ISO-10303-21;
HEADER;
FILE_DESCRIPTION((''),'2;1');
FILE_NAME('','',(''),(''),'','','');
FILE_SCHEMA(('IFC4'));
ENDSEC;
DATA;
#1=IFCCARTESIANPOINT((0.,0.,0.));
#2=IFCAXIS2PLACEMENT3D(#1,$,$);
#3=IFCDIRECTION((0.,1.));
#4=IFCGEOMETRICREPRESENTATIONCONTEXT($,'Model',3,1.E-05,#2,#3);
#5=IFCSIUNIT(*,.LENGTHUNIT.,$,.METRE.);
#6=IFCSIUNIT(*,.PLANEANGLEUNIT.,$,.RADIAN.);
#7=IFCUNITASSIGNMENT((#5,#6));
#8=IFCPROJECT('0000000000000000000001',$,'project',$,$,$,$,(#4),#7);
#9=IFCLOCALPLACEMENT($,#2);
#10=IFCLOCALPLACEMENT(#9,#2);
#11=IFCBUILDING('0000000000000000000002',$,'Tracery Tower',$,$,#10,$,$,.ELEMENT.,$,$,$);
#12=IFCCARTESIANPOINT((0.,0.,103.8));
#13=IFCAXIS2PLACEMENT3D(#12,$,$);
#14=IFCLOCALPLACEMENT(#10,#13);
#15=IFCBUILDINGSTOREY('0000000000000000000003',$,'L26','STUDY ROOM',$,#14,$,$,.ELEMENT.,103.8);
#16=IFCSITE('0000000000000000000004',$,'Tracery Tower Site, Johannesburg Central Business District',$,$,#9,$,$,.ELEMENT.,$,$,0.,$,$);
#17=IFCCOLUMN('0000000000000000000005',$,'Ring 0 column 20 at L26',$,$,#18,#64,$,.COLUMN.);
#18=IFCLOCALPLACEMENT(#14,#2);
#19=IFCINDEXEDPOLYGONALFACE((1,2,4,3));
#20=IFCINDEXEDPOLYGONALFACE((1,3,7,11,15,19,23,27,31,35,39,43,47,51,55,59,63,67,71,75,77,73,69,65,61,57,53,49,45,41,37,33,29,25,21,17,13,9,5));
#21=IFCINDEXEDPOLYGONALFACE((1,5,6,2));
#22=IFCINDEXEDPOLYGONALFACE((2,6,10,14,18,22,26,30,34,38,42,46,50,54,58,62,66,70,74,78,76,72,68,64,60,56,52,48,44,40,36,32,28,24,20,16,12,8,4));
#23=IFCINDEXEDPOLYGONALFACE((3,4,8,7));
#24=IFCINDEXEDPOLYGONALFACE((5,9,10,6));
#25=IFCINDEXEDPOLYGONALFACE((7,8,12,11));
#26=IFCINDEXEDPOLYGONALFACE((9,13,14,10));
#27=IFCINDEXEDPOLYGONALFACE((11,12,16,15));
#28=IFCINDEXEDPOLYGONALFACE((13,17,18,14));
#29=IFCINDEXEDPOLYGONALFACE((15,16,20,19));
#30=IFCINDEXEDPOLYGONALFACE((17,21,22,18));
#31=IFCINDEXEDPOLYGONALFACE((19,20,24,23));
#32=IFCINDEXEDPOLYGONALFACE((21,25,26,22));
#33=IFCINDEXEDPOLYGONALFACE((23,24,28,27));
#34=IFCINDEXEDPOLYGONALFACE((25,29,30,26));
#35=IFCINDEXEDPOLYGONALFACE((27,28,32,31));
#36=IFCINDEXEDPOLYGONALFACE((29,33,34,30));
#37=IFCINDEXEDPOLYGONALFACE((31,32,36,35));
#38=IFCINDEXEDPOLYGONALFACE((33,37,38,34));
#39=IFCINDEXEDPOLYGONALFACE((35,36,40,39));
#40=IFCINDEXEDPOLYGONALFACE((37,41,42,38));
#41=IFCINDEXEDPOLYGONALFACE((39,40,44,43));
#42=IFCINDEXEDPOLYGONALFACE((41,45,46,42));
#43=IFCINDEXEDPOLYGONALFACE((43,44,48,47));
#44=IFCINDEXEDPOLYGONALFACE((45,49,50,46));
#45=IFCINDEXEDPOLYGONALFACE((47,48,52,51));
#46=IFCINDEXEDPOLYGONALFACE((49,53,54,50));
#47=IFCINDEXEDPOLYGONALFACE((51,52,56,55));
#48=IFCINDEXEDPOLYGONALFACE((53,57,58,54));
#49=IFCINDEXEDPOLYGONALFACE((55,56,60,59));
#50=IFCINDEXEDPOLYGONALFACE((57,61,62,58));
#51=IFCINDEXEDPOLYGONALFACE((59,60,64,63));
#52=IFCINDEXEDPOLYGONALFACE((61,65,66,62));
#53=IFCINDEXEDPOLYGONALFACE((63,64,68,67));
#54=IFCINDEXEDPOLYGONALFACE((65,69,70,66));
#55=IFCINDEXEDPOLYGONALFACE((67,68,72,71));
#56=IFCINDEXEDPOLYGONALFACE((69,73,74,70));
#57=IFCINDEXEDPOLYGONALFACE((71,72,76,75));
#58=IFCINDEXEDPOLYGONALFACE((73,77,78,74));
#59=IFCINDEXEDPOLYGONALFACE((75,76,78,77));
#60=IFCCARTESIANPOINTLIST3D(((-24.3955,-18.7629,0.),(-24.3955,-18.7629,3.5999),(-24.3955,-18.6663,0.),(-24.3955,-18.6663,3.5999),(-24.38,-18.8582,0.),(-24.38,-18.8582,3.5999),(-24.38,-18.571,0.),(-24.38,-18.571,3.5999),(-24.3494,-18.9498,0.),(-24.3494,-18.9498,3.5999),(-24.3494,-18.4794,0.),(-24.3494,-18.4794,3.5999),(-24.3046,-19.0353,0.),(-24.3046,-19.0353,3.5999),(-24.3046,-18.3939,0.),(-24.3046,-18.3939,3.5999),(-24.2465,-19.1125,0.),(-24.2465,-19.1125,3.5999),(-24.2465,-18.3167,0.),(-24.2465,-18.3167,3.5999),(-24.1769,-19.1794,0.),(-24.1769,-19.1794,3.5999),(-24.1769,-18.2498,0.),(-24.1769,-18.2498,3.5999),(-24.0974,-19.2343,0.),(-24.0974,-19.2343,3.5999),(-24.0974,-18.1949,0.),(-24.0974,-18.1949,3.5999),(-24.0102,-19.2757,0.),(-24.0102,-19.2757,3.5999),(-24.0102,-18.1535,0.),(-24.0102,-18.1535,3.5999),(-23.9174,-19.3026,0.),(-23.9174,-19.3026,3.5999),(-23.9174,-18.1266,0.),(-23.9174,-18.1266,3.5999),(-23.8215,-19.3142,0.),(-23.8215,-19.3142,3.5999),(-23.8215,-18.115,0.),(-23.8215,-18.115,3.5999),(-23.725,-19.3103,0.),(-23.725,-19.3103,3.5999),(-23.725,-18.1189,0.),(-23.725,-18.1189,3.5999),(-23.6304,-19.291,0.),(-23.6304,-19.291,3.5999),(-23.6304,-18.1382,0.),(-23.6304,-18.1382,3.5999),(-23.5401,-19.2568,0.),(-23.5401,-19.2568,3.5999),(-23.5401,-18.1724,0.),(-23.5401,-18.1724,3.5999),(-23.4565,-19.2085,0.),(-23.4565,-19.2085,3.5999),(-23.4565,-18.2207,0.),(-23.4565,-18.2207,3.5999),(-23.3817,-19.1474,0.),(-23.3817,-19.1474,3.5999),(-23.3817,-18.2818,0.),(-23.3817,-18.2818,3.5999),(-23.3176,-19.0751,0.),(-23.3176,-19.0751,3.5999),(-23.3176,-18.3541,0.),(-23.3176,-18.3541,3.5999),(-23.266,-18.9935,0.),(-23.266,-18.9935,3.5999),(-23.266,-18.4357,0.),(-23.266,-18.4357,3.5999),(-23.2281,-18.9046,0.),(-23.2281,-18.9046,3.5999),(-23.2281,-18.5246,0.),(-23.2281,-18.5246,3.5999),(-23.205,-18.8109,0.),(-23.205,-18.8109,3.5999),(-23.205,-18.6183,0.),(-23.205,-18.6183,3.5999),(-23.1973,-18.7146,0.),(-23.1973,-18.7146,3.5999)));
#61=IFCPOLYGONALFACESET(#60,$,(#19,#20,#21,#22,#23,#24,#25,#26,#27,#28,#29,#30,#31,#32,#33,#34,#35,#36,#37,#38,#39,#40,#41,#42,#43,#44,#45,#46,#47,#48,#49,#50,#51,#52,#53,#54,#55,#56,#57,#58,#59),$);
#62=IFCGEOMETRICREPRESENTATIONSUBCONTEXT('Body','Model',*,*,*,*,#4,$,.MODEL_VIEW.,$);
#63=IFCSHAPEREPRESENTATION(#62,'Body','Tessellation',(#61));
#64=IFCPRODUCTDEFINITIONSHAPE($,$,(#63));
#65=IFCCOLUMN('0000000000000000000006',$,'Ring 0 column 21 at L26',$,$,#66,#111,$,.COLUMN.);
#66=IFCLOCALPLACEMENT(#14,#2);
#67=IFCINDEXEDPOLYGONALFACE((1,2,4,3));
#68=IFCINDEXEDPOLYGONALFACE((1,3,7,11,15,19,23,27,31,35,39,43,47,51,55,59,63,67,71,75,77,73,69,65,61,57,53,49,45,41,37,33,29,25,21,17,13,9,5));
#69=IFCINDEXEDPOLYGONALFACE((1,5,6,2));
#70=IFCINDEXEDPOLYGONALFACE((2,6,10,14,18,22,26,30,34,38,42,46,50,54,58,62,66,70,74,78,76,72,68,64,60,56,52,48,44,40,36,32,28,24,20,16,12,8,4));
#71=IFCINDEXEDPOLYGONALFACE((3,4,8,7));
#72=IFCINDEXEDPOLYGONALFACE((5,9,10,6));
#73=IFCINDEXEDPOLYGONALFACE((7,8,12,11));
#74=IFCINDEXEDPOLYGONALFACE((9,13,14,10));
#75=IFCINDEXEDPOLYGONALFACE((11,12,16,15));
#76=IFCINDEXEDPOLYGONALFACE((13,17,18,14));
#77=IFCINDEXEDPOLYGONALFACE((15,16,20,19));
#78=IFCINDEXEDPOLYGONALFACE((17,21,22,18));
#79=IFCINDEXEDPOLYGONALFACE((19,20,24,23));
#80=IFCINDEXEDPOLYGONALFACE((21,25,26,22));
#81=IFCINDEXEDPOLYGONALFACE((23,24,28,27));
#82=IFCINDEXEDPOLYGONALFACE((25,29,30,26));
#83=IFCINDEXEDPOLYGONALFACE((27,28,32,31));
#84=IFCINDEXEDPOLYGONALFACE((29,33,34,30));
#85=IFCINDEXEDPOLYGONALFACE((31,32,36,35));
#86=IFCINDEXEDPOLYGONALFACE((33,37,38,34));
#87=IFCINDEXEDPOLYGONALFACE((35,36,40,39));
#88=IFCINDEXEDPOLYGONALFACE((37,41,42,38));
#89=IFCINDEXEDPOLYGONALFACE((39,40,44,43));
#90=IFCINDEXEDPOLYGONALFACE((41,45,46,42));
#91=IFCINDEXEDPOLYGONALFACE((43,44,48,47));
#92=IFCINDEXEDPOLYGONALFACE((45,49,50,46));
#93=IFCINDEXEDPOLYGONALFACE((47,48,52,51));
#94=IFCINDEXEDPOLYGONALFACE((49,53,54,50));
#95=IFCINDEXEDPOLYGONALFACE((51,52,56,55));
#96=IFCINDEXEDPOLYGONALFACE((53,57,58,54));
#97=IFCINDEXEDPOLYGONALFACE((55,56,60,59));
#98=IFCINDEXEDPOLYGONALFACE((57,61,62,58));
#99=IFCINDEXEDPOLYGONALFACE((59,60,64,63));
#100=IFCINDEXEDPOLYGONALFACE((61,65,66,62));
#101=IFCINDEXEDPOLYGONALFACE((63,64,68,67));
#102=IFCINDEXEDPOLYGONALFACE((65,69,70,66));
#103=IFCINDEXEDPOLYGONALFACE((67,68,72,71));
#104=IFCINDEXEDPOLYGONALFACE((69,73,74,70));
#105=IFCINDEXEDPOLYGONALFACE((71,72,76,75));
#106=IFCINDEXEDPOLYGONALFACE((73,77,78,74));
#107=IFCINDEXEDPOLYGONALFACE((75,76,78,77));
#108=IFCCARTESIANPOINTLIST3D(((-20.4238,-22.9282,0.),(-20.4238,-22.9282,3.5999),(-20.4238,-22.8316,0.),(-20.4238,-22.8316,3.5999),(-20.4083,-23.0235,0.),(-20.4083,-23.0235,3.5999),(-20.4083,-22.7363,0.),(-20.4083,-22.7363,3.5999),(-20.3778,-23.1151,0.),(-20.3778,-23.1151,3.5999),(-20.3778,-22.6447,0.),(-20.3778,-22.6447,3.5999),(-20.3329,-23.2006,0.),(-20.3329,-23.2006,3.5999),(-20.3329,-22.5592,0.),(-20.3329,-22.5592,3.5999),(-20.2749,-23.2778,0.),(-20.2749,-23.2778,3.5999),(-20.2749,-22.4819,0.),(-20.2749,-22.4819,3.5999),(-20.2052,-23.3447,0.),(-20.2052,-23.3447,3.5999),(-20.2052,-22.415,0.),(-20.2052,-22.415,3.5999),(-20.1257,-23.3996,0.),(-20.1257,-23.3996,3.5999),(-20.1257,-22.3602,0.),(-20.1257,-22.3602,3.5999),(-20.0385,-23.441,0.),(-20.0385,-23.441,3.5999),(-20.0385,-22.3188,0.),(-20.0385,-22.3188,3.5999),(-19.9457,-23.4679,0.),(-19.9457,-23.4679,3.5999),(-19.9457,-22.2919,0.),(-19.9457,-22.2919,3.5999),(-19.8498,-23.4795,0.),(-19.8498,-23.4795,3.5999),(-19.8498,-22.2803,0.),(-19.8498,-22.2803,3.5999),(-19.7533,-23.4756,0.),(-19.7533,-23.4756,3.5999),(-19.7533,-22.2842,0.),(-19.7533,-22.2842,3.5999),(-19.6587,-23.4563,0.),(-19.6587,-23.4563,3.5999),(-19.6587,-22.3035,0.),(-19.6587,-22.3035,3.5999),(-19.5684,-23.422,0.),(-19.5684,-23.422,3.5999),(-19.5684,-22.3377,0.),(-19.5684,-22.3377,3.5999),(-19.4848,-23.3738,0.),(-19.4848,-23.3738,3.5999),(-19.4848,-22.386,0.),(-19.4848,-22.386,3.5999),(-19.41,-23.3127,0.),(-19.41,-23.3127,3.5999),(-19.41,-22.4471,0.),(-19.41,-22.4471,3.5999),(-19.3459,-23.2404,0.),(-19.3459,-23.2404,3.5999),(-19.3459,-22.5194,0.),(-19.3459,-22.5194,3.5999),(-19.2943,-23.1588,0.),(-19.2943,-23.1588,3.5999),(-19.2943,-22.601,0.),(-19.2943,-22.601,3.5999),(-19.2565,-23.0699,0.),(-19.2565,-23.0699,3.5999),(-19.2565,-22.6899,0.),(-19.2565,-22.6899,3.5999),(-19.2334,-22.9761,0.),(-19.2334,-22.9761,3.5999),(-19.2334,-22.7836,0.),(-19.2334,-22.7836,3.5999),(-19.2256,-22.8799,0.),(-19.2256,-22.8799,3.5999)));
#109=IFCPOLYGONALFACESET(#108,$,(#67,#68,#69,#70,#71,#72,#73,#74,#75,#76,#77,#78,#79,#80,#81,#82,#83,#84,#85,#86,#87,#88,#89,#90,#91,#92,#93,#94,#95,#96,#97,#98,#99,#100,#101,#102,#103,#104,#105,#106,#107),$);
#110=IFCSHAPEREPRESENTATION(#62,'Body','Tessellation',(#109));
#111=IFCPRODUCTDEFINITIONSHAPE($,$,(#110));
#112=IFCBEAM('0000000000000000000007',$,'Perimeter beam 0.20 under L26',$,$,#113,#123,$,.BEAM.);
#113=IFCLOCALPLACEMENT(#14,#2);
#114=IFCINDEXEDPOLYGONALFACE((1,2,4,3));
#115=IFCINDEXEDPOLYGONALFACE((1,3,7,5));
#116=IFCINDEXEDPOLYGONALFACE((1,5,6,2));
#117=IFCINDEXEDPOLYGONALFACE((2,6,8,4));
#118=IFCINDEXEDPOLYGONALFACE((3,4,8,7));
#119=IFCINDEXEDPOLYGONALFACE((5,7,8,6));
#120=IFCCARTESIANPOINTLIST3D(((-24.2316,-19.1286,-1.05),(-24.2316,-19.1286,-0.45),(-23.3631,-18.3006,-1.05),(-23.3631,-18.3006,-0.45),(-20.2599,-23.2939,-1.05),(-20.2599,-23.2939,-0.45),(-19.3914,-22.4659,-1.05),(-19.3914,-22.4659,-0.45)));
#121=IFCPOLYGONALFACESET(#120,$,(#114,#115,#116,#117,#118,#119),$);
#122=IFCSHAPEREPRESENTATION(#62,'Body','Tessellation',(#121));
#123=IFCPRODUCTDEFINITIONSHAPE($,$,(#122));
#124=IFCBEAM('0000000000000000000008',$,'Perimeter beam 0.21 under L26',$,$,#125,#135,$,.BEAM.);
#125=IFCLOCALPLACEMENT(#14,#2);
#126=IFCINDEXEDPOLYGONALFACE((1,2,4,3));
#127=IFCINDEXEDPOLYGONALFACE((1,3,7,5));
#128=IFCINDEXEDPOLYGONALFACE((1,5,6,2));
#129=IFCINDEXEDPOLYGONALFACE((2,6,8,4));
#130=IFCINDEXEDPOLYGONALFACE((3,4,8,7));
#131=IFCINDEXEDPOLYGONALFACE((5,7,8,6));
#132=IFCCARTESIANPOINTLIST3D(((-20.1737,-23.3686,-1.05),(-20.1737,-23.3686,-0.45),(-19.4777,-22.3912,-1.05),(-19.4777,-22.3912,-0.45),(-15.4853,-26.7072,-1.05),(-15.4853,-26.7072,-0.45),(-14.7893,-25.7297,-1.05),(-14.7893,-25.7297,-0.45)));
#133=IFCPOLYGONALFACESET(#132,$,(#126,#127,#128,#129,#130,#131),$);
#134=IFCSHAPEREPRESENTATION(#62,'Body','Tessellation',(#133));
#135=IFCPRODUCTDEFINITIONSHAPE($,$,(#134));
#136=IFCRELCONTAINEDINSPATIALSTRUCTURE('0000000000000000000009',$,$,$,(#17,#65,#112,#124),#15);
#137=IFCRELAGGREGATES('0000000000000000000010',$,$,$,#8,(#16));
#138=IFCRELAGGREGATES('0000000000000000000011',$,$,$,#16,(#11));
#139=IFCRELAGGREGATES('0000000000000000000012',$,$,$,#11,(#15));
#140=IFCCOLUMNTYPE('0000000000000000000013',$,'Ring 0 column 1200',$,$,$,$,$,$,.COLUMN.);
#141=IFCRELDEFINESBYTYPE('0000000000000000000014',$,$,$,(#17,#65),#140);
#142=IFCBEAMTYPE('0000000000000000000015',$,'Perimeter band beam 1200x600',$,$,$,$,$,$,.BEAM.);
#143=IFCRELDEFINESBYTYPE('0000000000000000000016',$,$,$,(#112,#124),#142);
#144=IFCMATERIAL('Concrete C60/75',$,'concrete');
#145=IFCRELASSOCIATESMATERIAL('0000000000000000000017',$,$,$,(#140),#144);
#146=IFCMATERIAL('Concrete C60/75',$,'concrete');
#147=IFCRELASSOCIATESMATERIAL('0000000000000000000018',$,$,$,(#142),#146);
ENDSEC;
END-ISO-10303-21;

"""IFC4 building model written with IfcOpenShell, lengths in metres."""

from ifc_helpers import new_model, si_unit, direction, frame, origin, origin_2d, place, context, subcontext, project, spatial, rectangle, circle, extrude, material, material_profile, profile_set, type_object, element, save


model = new_model("IFC4")

# Units and contexts
model_context = context("Model", 3, precision=1e-05, world=origin(), true_north=direction((0.0, 1.0)))
body_context = subcontext(model_context, "Body", "Model", "MODEL_VIEW")
ifc_project = project(units=[si_unit("LENGTHUNIT", "METRE"), si_unit("PLANEANGLEUNIT", "RADIAN")], contexts=[model_context])

# Site, building, storey
site_placement = place(None, origin())
site = spatial("IfcSite", under=ifc_project, at=site_placement, Name="Tracery Tower Site, Johannesburg Central Business District", CompositionType="ELEMENT", RefElevation=0.0)
building_placement = place(site_placement, origin())
building = spatial("IfcBuilding", under=site, at=building_placement, Name="Tracery Tower", CompositionType="ELEMENT")
storey_placement = place(building_placement, frame((0.0, 0.0, 103.8)))
storey = spatial("IfcBuildingStorey", under=building, at=storey_placement, Name="L26", Description="STUDY ROOM", CompositionType="ELEMENT", Elevation=103.8)

# Columns
ifc_material_1 = material(Name="Concrete C60/75", Category="concrete")
ifc_material_profile_1 = material_profile(ifc_material_1, circle(Radius=0.6001, at=origin_2d()), Name="RC D1200")
ifc_profile_set_1 = profile_set([ifc_material_profile_1], Name="Concrete C60/75")
column_type = type_object("IfcColumnType", Name="Ring 0 column 1200", PredefinedType="COLUMN", material=ifc_profile_set_1)
for number, where, z_axis, x_axis, name in (
    (1, (-23.7974, -18.7146, 0.0), (0.0, 0.0, 1.0), (1.0, 0.0, 0.0), "Ring 0 column 20 at L26"),
    (2, (-19.8257, -22.8799, 0.0), (0.0, 0.0, 1.0), (1.0, 0.0, 0.0), "Ring 0 column 21 at L26"),
):
    element("IfcColumn", number, at=place(storey_placement, frame(where, z_axis=z_axis, x_axis=x_axis)), inside=storey, type_object=column_type, Name=name, PredefinedType="COLUMN", context=body_context, shape_type="SweptSolid", body=[
        extrude(circle(Radius=0.6001, at=origin_2d()), origin(), (0.0, 0.0, 1.0), 3.5999),
    ])

# Beams
ifc_material_2 = material(Name="Concrete C60/75", Category="concrete")
ifc_material_profile_2 = material_profile(ifc_material_2, rectangle(XDim=1.2, YDim=0.6001, at=origin_2d()), Name="RC 1200x600")
ifc_profile_set_2 = profile_set([ifc_material_profile_2], Name="Concrete C60/75")
beam_type = type_object("IfcBeamType", Name="Perimeter band beam 1200x600", PredefinedType="BEAM", material=ifc_profile_set_2)
beam_1_placement = place(storey_placement, frame((-23.7974, -18.7146, -0.75), z_axis=(0.690087, -0.723726, 0.0), x_axis=(0.723726, 0.690087, 0.0)))
element("IfcBeam", 3, at=beam_1_placement, inside=storey, type_object=beam_type, Name="Perimeter beam 0.20 under L26", PredefinedType="BEAM", context=body_context, shape_type="SweptSolid", body=[
    extrude(rectangle(XDim=1.2, YDim=0.6001, at=origin_2d()), origin(), (0.0, 0.0, 1.0), 5.7554),
])
beam_2_placement = place(storey_placement, frame((-19.8257, -22.8799, -0.75), z_axis=(0.814578, -0.580054, 0.0), x_axis=(0.580054, 0.814578, 0.0)))
element("IfcBeam", 4, at=beam_2_placement, inside=storey, type_object=beam_type, Name="Perimeter beam 0.21 under L26", PredefinedType="BEAM", context=body_context, shape_type="SweptSolid", body=[
    extrude(rectangle(XDim=1.2, YDim=0.6001, at=origin_2d()), origin(), (0.0, 0.0, 1.0), 5.7556),
])

save(model, "model.ifc")
